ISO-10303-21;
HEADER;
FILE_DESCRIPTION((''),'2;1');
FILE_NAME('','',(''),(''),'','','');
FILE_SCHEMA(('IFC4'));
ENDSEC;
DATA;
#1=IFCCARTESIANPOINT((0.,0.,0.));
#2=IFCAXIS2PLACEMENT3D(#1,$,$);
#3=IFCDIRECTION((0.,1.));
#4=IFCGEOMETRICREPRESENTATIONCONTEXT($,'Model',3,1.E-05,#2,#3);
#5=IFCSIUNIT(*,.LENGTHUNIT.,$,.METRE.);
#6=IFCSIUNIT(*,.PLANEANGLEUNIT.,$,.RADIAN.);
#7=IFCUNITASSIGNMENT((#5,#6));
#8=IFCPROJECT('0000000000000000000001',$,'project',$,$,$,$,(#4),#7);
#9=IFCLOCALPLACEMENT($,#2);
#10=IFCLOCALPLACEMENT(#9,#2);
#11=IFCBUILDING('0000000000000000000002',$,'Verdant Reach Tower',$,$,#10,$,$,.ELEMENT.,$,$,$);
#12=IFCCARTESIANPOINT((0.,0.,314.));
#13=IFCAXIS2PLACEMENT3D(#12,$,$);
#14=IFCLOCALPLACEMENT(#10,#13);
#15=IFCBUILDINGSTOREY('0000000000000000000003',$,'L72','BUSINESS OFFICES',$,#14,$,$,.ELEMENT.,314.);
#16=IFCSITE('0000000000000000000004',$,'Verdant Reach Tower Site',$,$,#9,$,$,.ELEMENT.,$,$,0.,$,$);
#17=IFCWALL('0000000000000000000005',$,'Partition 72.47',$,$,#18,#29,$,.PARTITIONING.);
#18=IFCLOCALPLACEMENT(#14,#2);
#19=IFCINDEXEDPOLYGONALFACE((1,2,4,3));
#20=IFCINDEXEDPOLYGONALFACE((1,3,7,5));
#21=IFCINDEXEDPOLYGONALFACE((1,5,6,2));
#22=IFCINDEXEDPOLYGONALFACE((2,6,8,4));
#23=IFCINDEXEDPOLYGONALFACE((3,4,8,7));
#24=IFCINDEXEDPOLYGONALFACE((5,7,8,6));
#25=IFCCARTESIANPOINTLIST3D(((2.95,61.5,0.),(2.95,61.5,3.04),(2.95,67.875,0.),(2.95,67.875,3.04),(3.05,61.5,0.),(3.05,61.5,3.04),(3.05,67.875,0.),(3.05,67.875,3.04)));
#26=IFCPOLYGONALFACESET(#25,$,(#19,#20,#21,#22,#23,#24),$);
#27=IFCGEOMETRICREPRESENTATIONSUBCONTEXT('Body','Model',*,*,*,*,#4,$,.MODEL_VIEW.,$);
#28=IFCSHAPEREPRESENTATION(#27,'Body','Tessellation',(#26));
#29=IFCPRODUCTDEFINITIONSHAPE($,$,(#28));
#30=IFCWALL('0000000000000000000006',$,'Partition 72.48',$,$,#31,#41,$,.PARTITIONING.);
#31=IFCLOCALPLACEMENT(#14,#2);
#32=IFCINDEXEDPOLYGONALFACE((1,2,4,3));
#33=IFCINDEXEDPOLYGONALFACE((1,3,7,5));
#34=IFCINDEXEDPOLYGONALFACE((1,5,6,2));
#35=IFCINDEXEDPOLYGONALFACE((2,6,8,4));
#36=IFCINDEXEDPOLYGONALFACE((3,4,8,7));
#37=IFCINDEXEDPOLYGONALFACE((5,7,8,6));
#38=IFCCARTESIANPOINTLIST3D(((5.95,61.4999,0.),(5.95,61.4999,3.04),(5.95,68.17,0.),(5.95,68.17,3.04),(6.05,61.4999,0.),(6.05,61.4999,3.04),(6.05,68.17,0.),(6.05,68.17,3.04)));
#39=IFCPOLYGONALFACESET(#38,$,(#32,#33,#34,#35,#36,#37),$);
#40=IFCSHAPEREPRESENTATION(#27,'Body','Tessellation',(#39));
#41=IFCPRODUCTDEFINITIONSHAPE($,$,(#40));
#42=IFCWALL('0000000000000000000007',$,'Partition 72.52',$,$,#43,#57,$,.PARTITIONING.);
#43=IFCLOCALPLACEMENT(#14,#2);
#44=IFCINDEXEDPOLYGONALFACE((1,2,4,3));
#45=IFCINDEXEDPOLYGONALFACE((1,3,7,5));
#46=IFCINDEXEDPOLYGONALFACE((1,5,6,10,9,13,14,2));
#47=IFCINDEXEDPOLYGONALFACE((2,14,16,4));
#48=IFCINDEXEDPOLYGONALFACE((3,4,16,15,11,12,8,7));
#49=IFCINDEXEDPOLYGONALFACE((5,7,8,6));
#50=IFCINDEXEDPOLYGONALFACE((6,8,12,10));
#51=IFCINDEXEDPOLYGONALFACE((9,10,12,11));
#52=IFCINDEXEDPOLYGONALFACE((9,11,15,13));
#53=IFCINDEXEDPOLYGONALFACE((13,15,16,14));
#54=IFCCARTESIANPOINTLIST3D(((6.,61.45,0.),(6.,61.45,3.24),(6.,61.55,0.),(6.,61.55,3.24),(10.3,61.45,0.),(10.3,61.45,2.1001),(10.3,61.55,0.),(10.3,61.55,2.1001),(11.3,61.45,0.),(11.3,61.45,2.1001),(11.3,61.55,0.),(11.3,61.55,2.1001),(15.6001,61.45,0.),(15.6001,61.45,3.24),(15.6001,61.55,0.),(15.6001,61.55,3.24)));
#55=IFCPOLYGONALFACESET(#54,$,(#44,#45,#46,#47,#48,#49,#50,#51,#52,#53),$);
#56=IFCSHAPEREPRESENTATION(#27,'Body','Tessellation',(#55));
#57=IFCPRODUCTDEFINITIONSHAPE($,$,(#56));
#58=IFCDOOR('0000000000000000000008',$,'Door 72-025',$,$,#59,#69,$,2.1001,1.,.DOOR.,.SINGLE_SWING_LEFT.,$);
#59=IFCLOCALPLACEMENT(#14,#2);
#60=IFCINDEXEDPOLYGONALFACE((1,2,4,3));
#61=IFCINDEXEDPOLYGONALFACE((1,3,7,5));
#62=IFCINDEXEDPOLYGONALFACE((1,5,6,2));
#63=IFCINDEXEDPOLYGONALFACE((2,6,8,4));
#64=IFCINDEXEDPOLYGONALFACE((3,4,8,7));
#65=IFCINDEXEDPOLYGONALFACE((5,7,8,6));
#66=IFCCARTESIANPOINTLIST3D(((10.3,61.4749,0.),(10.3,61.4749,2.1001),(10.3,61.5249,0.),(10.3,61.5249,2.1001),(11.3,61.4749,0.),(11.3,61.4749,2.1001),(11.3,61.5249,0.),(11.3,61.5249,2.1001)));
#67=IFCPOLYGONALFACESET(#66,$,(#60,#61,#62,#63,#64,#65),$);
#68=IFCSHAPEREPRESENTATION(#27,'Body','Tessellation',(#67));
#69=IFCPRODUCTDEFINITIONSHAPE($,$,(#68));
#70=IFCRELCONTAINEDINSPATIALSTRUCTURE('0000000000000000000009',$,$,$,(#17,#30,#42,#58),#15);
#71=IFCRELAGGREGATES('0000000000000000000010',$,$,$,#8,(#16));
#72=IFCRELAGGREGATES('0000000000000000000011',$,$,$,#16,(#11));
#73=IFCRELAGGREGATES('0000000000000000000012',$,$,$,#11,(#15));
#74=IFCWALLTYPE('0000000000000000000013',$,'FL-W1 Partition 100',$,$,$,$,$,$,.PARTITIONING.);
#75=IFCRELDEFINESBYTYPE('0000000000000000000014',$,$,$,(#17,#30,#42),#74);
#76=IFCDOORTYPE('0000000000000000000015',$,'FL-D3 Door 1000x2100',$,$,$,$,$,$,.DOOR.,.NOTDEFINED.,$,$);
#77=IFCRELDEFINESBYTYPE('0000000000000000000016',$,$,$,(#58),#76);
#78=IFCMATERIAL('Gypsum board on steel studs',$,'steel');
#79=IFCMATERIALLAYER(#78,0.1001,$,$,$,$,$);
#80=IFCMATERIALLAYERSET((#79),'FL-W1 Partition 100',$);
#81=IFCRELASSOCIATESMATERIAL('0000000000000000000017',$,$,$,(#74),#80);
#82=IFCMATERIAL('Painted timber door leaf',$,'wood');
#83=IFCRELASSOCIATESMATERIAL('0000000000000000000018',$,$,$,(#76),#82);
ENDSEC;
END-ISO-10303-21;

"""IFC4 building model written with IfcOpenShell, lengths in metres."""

from ifc_helpers import new_model, si_unit, direction, frame, frame_2d, origin, place, context, subcontext, project, spatial, rectangle, extrude, material, layer, layer_set, type_object, element, fill, save


model = new_model("IFC4")

# Units and contexts
model_context = context("Model", 3, precision=1e-05, world=origin(), true_north=direction((0.0, 1.0)))
body_context = subcontext(model_context, "Body", "Model", "MODEL_VIEW")
ifc_project = project(units=[si_unit("LENGTHUNIT", "METRE"), si_unit("PLANEANGLEUNIT", "RADIAN")], contexts=[model_context])

# Site, building, storey
site_placement = place(None, origin())
site = spatial("IfcSite", under=ifc_project, at=site_placement, Name="Verdant Reach Tower Site", CompositionType="ELEMENT", RefElevation=0.0)
building_placement = place(site_placement, origin())
building = spatial("IfcBuilding", under=site, at=building_placement, Name="Verdant Reach Tower", CompositionType="ELEMENT")
storey_placement = place(building_placement, frame((0.0, 0.0, 314.0)))
storey = spatial("IfcBuildingStorey", under=building, at=storey_placement, Name="L72", Description="BUSINESS OFFICES", CompositionType="ELEMENT", Elevation=314.0)

# Shared definitions
ifc_material_1 = material(Name="Gypsum board on steel studs", Category="steel")
ifc_layer_1 = layer(ifc_material_1, 0.1001)
ifc_layer_set_1 = layer_set([ifc_layer_1], Name="FL-W1 Partition 100")
wall_type = type_object("IfcWallType", Name="FL-W1 Partition 100", PredefinedType="PARTITIONING", material=ifc_layer_set_1)

# Shared definitions
ifc_material_2 = material(Name="Painted timber door leaf", Category="wood")
door_type = type_object("IfcDoorType", Name="FL-D3 Door 1000x2100", OperationType="NOTDEFINED", PredefinedType="DOOR", material=ifc_material_2)

# Walls
wall_1_placement = place(storey_placement, frame((3.0, 61.5, 0.0), z_axis=(0.0, 0.0, 1.0), x_axis=(0.0, 1.0, 0.0)))
element("IfcWall", 1, at=wall_1_placement, inside=storey, type_object=wall_type, Name="Partition 72.47", PredefinedType="PARTITIONING", context=body_context, shape_type="SweptSolid", body=[
    extrude(rectangle(XDim=6.375, YDim=0.1001, at=frame_2d((3.1875, 0.0))), origin(), (0.0, 0.0, 1.0), 3.04),
])
wall_2_placement = place(storey_placement, frame((6.0, 61.5, 0.0), z_axis=(0.0, 0.0, 1.0), x_axis=(0.0, 1.0, 0.0)))
element("IfcWall", 2, at=wall_2_placement, inside=storey, type_object=wall_type, Name="Partition 72.48", PredefinedType="PARTITIONING", context=body_context, shape_type="SweptSolid", body=[
    extrude(rectangle(XDim=6.6702, YDim=0.1001, at=frame_2d((3.335, 0.0))), origin(), (0.0, 0.0, 1.0), 3.04),
])

# Wall, opening, door
wall_3_placement = place(storey_placement, frame((6.0, 61.5, 0.0), z_axis=(0.0, 0.0, 1.0), x_axis=(1.0, 0.0, 0.0)))
wall_3 = element("IfcWall", 3, at=wall_3_placement, inside=storey, type_object=wall_type, Name="Partition 72.52", PredefinedType="PARTITIONING", context=body_context, shape_type="SweptSolid", body=[
    extrude(rectangle(XDim=9.6001, YDim=0.1001, at=frame_2d((4.8, 0.0))), origin(), (0.0, 0.0, 1.0), 3.24),
])
opening_1_placement = place(wall_3_placement, frame((4.3, 0.0, 0.0)))
opening_1 = element("IfcOpeningElement", 4, at=opening_1_placement, cuts=wall_3, PredefinedType="OPENING", context=body_context, shape_type="SweptSolid", body=[
    extrude(rectangle(XDim=1.0, YDim=2.1001, at=frame_2d((0.5, 1.05))), frame((0.0, 0.0601, 0.0), z_axis=(0.0, -1.0, 0.0), x_axis=(1.0, 0.0, 0.0)), (0.0, 0.0, 1.0), 0.1201),
])
door_1_placement = place(opening_1_placement, origin())
door_1 = element("IfcDoor", 5, at=door_1_placement, inside=storey, type_object=door_type, Name="Door 72-025", OperationType="SINGLE_SWING_LEFT", OverallHeight=2.1001, OverallWidth=1.0, PredefinedType="DOOR", context=body_context, shape_type="SweptSolid", body=[
    extrude(rectangle(XDim=1.0, YDim=2.1001, at=frame_2d((0.5, 1.05))), frame((0.0, 0.0249, 0.0), z_axis=(0.0, -1.0, 0.0), x_axis=(1.0, 0.0, 0.0)), (0.0, 0.0, 1.0), 0.05),
])
fill(opening_1, door_1)

save(model, "model.ifc")
